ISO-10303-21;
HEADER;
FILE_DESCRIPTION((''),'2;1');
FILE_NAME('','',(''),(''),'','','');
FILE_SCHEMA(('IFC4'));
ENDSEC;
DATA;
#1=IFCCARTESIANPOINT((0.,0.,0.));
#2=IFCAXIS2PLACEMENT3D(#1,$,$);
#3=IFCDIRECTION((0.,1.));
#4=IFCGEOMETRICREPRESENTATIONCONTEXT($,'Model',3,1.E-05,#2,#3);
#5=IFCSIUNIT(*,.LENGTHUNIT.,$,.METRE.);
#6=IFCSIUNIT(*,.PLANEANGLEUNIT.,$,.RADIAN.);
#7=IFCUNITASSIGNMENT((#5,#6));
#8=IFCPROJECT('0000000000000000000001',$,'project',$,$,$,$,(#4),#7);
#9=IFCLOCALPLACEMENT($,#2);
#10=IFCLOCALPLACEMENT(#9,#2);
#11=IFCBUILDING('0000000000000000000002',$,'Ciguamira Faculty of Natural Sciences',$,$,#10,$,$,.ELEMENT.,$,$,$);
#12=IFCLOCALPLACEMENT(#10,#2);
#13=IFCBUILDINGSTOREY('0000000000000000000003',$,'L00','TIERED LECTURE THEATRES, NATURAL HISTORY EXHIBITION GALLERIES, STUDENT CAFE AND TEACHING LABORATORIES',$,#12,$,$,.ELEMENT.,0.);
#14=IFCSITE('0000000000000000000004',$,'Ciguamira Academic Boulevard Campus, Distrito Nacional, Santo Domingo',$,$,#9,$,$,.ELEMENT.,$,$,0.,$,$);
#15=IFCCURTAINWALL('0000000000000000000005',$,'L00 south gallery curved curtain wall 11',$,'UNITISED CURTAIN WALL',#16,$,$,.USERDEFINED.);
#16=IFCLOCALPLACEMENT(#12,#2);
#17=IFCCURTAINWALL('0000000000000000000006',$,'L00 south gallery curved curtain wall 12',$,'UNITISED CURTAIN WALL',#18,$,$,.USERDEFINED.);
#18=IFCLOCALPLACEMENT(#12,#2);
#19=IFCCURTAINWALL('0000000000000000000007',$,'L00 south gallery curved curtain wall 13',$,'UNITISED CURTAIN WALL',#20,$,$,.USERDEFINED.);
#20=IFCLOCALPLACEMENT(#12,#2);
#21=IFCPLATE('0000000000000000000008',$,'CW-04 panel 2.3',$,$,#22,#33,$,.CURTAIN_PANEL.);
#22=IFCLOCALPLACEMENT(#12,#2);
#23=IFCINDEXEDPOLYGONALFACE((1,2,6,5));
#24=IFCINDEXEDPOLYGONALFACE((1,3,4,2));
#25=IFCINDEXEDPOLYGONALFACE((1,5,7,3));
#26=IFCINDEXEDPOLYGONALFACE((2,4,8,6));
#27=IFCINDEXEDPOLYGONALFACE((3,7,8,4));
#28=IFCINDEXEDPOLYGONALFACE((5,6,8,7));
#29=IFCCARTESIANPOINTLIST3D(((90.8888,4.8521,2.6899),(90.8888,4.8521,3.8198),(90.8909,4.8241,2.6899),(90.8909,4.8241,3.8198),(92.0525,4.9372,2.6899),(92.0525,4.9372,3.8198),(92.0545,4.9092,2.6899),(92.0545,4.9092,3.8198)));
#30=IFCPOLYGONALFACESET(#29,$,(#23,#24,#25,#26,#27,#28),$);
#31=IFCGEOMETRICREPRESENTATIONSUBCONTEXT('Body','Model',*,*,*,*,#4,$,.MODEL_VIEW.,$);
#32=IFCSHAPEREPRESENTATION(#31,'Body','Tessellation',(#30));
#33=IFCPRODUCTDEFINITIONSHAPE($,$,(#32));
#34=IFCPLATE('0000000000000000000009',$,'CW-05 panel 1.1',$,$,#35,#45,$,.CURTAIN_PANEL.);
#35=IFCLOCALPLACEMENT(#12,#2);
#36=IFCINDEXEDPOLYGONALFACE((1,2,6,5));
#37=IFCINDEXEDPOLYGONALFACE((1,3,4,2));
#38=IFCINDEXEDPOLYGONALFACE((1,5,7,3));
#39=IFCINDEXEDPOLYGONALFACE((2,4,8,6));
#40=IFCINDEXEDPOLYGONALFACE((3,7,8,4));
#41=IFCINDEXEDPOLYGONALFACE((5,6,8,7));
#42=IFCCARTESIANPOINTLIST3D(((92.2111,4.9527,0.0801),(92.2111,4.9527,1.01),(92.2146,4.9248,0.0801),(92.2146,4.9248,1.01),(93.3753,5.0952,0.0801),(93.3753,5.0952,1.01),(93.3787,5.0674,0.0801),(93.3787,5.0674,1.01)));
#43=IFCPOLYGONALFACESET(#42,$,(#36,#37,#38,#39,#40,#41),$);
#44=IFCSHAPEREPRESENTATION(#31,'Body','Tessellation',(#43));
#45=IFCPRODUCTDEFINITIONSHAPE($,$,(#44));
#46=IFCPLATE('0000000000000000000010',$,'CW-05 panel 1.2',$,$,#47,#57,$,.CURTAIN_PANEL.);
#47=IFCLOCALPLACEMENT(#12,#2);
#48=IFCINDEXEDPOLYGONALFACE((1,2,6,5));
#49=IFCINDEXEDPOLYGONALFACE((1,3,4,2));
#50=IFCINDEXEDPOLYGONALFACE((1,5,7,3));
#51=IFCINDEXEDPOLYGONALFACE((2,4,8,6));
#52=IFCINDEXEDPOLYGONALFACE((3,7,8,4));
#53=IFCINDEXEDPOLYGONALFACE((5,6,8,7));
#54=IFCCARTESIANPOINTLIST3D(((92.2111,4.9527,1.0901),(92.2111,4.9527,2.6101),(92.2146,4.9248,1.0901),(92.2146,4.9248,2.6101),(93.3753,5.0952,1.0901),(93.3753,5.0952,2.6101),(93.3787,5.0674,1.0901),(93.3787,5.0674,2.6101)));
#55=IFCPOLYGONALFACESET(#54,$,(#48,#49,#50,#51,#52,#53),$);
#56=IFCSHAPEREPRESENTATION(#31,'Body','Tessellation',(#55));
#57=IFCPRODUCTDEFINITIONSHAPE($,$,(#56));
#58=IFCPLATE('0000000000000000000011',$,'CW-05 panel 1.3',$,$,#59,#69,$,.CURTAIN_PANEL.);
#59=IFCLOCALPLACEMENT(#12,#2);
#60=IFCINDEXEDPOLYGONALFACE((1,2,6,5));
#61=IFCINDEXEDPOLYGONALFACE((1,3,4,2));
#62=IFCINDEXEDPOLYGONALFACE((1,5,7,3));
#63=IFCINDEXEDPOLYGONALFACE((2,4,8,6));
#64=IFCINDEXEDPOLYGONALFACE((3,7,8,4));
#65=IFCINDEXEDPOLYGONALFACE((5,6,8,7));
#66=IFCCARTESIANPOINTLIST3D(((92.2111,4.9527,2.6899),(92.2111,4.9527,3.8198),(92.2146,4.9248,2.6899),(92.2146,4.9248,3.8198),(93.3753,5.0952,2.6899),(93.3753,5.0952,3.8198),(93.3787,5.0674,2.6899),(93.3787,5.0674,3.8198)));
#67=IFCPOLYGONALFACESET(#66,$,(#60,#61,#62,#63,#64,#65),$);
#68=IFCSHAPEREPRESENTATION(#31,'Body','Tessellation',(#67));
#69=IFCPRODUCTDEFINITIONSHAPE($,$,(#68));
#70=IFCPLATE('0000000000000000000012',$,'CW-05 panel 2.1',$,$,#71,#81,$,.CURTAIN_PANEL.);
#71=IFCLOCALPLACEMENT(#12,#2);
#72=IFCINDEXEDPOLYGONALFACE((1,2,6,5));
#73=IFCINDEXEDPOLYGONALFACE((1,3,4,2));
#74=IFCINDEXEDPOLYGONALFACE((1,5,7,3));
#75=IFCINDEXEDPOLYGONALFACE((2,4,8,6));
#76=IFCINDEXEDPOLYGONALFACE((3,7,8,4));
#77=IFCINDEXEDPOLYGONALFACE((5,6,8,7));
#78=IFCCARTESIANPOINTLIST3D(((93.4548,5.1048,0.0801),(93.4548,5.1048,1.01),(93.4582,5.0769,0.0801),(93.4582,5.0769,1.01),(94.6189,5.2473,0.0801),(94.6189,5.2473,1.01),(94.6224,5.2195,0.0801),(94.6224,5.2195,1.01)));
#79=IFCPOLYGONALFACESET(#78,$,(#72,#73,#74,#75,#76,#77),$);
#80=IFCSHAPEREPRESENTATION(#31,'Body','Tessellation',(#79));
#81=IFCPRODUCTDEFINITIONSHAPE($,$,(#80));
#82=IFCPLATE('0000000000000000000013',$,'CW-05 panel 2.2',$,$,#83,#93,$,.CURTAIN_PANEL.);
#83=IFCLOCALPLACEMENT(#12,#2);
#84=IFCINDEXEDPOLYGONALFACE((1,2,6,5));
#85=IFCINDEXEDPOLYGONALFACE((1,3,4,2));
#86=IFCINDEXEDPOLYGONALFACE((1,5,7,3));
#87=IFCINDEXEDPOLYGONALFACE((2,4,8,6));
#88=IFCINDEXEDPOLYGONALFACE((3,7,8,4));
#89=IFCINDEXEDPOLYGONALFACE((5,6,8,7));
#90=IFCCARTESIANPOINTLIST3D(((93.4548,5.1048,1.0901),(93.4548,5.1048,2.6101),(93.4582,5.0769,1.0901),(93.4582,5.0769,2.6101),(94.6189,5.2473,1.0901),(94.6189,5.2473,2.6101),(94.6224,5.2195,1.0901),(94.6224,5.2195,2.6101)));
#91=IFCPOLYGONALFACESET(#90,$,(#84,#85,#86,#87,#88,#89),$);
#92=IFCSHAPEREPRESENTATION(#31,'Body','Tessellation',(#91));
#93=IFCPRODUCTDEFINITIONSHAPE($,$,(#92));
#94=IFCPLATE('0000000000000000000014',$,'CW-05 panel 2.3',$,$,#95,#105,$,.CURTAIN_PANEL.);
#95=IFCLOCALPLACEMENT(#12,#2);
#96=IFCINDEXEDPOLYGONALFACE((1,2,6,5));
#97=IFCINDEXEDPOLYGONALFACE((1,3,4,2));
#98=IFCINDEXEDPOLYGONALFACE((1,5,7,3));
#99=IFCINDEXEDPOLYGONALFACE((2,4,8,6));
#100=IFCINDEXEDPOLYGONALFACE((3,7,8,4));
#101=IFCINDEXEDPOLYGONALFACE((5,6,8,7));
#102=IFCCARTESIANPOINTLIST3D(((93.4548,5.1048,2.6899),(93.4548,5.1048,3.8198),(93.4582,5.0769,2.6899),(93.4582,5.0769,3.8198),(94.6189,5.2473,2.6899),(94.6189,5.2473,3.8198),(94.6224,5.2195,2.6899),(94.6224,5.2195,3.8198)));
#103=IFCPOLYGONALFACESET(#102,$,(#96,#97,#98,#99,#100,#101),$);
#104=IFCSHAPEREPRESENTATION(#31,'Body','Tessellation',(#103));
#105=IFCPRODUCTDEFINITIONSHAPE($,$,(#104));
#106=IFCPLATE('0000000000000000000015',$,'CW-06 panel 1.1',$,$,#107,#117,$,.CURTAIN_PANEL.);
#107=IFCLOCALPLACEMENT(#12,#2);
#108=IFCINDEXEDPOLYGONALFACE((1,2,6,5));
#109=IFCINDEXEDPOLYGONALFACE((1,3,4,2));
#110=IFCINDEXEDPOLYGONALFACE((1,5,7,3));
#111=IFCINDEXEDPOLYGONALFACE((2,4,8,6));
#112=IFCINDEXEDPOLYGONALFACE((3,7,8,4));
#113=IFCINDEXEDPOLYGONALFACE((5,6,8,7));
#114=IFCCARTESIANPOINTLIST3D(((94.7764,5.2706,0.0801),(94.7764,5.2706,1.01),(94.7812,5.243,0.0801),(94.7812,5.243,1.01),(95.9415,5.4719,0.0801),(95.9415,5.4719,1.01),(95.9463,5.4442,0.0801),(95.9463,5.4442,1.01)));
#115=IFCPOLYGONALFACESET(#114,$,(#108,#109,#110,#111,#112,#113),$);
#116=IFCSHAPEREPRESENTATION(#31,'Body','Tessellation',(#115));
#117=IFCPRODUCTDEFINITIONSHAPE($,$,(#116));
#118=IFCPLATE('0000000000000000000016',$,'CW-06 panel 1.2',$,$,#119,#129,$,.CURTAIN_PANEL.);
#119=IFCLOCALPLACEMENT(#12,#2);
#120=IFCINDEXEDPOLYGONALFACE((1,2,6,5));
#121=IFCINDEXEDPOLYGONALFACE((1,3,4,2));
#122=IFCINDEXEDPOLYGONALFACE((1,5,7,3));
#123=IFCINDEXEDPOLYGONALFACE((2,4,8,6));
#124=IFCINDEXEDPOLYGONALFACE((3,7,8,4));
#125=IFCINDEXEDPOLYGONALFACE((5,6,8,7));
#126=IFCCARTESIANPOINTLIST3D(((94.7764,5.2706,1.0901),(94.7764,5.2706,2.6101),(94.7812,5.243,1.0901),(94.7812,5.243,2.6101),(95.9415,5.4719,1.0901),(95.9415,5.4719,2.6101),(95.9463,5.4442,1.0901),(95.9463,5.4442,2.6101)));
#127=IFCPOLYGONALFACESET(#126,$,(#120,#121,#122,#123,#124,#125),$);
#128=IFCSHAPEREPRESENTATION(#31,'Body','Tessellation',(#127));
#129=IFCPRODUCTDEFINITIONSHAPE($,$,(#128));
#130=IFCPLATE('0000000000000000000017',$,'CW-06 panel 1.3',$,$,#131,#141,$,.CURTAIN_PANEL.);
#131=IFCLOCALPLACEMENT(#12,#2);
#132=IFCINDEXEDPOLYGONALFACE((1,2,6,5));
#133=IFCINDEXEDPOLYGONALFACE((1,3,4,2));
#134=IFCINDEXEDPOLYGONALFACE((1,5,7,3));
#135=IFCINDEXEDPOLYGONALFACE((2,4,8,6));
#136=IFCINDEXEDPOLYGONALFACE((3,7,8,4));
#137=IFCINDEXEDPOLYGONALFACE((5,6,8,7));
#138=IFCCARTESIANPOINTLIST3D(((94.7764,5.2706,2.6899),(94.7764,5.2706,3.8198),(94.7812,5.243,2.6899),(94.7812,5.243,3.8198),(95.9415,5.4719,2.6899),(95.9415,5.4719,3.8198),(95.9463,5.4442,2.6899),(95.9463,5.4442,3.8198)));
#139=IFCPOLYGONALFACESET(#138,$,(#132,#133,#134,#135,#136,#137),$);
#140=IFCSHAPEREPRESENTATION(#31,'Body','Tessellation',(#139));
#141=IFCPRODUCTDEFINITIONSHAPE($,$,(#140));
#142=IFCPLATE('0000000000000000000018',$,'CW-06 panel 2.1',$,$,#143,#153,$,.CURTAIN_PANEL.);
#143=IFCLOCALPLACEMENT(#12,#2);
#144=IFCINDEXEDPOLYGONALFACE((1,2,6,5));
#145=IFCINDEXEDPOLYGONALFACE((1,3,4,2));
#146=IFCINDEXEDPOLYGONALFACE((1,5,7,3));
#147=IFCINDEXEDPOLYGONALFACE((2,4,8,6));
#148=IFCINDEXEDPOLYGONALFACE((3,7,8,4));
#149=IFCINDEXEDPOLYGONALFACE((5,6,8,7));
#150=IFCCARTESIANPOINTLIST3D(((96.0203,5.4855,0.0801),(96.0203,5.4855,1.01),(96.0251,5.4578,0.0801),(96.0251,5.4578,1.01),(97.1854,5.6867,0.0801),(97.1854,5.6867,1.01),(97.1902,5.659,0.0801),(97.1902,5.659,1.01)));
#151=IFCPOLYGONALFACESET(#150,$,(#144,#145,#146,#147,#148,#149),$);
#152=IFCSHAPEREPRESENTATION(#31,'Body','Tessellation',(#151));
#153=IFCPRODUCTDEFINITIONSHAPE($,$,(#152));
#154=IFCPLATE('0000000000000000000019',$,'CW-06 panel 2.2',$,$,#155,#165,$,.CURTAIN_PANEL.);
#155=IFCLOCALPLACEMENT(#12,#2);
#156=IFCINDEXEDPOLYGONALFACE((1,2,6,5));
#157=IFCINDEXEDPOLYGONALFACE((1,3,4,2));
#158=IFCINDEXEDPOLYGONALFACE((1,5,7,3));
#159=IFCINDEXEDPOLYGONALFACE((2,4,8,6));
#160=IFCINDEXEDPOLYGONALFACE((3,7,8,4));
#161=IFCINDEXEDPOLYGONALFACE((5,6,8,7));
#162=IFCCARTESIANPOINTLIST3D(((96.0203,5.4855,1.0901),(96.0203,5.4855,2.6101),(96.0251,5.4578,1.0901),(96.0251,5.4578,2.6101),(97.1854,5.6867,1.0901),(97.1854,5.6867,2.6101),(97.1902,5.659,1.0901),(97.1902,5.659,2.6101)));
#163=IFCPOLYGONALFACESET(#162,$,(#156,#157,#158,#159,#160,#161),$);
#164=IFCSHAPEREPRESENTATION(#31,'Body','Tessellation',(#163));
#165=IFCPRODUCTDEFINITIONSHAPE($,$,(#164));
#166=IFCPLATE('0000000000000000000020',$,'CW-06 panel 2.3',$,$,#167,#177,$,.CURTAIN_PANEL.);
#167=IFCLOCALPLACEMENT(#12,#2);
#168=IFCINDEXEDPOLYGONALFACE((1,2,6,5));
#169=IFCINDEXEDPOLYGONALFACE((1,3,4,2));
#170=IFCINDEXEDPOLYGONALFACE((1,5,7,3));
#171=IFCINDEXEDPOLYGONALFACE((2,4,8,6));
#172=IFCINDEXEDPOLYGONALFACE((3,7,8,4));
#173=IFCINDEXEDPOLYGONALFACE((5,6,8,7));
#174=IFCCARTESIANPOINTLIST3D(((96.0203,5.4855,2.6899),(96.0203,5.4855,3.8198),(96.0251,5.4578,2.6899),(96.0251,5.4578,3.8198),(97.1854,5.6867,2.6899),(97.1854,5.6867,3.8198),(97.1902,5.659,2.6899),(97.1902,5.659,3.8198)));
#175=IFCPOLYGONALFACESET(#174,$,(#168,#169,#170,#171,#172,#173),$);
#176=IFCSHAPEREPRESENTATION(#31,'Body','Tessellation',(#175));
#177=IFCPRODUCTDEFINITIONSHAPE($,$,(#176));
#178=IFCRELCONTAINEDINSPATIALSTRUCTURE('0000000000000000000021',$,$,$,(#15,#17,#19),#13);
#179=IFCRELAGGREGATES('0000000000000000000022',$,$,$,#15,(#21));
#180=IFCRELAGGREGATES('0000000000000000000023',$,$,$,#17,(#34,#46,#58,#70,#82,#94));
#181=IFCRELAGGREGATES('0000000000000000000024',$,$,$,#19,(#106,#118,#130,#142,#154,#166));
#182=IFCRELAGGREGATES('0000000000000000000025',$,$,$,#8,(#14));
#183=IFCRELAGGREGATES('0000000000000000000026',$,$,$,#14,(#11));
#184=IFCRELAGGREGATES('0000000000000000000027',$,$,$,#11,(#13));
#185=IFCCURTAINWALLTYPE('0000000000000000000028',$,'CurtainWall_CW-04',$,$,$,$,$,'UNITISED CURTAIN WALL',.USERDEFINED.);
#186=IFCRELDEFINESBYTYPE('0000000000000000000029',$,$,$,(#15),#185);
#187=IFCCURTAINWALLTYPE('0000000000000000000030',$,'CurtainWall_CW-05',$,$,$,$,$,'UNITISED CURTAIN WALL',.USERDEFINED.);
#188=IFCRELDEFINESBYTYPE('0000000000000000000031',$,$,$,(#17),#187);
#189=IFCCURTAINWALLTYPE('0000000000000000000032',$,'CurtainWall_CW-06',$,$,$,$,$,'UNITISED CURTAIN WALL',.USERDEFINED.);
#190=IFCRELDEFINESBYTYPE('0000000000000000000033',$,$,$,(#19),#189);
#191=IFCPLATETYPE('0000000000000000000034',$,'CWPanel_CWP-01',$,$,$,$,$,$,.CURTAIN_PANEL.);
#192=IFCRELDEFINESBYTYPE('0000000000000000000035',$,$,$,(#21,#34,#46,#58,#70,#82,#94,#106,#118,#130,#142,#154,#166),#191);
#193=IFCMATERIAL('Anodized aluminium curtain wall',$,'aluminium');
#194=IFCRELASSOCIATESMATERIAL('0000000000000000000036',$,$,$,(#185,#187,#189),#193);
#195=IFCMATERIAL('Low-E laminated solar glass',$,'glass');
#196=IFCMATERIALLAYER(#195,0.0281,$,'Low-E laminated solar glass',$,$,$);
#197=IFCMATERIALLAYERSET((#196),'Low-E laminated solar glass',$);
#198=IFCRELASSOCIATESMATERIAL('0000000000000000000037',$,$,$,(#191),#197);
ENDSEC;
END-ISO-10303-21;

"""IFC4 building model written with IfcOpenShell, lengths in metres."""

from ifc_helpers import new_model, si_unit, direction, frame, origin, origin_2d, place, context, subcontext, project, spatial, rectangle, extrude, material, layer, layer_set, type_object, element, aggregate, save


model = new_model("IFC4")

# Units and contexts
model_context = context("Model", 3, precision=1e-05, world=origin(), true_north=direction((0.0, 1.0)))
body_context = subcontext(model_context, "Body", "Model", "MODEL_VIEW")
ifc_project = project(units=[si_unit("LENGTHUNIT", "METRE"), si_unit("PLANEANGLEUNIT", "RADIAN")], contexts=[model_context])

# Site, building, storey
site_placement = place(None, origin())
site = spatial("IfcSite", under=ifc_project, at=site_placement, Name="Ciguamira Academic Boulevard Campus, Distrito Nacional, Santo Domingo", CompositionType="ELEMENT", RefElevation=0.0)
building_placement = place(site_placement, origin())
building = spatial("IfcBuilding", under=site, at=building_placement, Name="Ciguamira Faculty of Natural Sciences", CompositionType="ELEMENT")
storey_placement = place(building_placement, origin())
storey = spatial("IfcBuildingStorey", under=building, at=storey_placement, Name="L00", Description="TIERED LECTURE THEATRES, NATURAL HISTORY EXHIBITION GALLERIES, STUDENT CAFE AND TEACHING LABORATORIES", CompositionType="ELEMENT", Elevation=0.0)

# Curtain wall
ifc_material_1 = material(Name="Anodized aluminium curtain wall", Category="aluminium")
curtain_wall_type_1 = type_object("IfcCurtainWallType", Name="CurtainWall_CW-04", ElementType="UNITISED CURTAIN WALL", PredefinedType="USERDEFINED", material=ifc_material_1)
curtain_wall_1_placement = place(storey_placement, origin())
curtain_wall_1 = element("IfcCurtainWall", 1, at=curtain_wall_1_placement, inside=storey, type_object=curtain_wall_type_1, Name="L00 south gallery curved curtain wall 11", ObjectType="UNITISED CURTAIN WALL", PredefinedType="USERDEFINED")

# Curtain walls
curtain_wall_type_2 = type_object("IfcCurtainWallType", Name="CurtainWall_CW-05", ElementType="UNITISED CURTAIN WALL", PredefinedType="USERDEFINED", material=ifc_material_1)
curtain_wall_2_placement = place(storey_placement, origin())
curtain_wall_2 = element("IfcCurtainWall", 2, at=curtain_wall_2_placement, inside=storey, type_object=curtain_wall_type_2, Name="L00 south gallery curved curtain wall 12", ObjectType="UNITISED CURTAIN WALL", PredefinedType="USERDEFINED")
curtain_wall_type_3 = type_object("IfcCurtainWallType", Name="CurtainWall_CW-06", ElementType="UNITISED CURTAIN WALL", PredefinedType="USERDEFINED", material=ifc_material_1)
curtain_wall_3_placement = place(storey_placement, origin())
curtain_wall_3 = element("IfcCurtainWall", 3, at=curtain_wall_3_placement, inside=storey, type_object=curtain_wall_type_3, Name="L00 south gallery curved curtain wall 13", ObjectType="UNITISED CURTAIN WALL", PredefinedType="USERDEFINED")

# Plates
ifc_material_2 = material(Name="Low-E laminated solar glass", Category="glass")
ifc_layer = layer(ifc_material_2, 0.0281, Name="Low-E laminated solar glass")
ifc_layer_set = layer_set([ifc_layer], Name="Low-E laminated solar glass")
plate_type = type_object("IfcPlateType", Name="CWPanel_CWP-01", PredefinedType="CURTAIN_PANEL", material=ifc_layer_set)
plate_1_placement = place(storey_placement, frame((91.4717, 4.8806, 2.6899), z_axis=(0.0, 0.0, 1.0), x_axis=(0.997337, 0.072937, 0.0)))
plate_1 = element("IfcPlate", 4, at=plate_1_placement, type_object=plate_type, Name="CW-04 panel 2.3", PredefinedType="CURTAIN_PANEL", context=body_context, shape_type="SweptSolid", body=[
    extrude(rectangle(XDim=1.1667, YDim=0.0281, at=origin_2d()), origin(), (0.0, 0.0, 1.0), 1.1299),
])
aggregate(curtain_wall_1, [plate_1])
plate_2_placement = place(storey_placement, frame((92.7949, 5.01, 0.0801), z_axis=(0.0, 0.0, 1.0), x_axis=(0.992586, 0.121545, 0.0)))
plate_2 = element("IfcPlate", 5, at=plate_2_placement, type_object=plate_type, Name="CW-05 panel 1.1", PredefinedType="CURTAIN_PANEL", context=body_context, shape_type="SweptSolid", body=[
    extrude(rectangle(XDim=1.1729, YDim=0.0281, at=origin_2d()), origin(), (0.0, 0.0, 1.0), 0.9299),
])
plate_3_placement = place(storey_placement, frame((92.7949, 5.01, 1.0901), z_axis=(0.0, 0.0, 1.0), x_axis=(0.992586, 0.121545, 0.0)))
plate_3 = element("IfcPlate", 6, at=plate_3_placement, type_object=plate_type, Name="CW-05 panel 1.2", PredefinedType="CURTAIN_PANEL", context=body_context, shape_type="SweptSolid", body=[
    extrude(rectangle(XDim=1.1729, YDim=0.0281, at=origin_2d()), origin(), (0.0, 0.0, 1.0), 1.52),
])
plate_4_placement = place(storey_placement, frame((92.7949, 5.01, 2.6899), z_axis=(0.0, 0.0, 1.0), x_axis=(0.992586, 0.121545, 0.0)))
plate_4 = element("IfcPlate", 7, at=plate_4_placement, type_object=plate_type, Name="CW-05 panel 1.3", PredefinedType="CURTAIN_PANEL", context=body_context, shape_type="SweptSolid", body=[
    extrude(rectangle(XDim=1.1729, YDim=0.0281, at=origin_2d()), origin(), (0.0, 0.0, 1.0), 1.1299),
])
plate_5_placement = place(storey_placement, frame((94.0386, 5.1621, 0.0801), z_axis=(0.0, 0.0, 1.0), x_axis=(0.992586, 0.121545, 0.0)))
plate_5 = element("IfcPlate", 8, at=plate_5_placement, type_object=plate_type, Name="CW-05 panel 2.1", PredefinedType="CURTAIN_PANEL", context=body_context, shape_type="SweptSolid", body=[
    extrude(rectangle(XDim=1.1729, YDim=0.0281, at=origin_2d()), origin(), (0.0, 0.0, 1.0), 0.9299),
])
plate_6_placement = place(storey_placement, frame((94.0386, 5.1621, 1.0901), z_axis=(0.0, 0.0, 1.0), x_axis=(0.992586, 0.121545, 0.0)))
plate_6 = element("IfcPlate", 9, at=plate_6_placement, type_object=plate_type, Name="CW-05 panel 2.2", PredefinedType="CURTAIN_PANEL", context=body_context, shape_type="SweptSolid", body=[
    extrude(rectangle(XDim=1.1729, YDim=0.0281, at=origin_2d()), origin(), (0.0, 0.0, 1.0), 1.52),
])
plate_7_placement = place(storey_placement, frame((94.0386, 5.1621, 2.6899), z_axis=(0.0, 0.0, 1.0), x_axis=(0.992586, 0.121545, 0.0)))
plate_7 = element("IfcPlate", 10, at=plate_7_placement, type_object=plate_type, Name="CW-05 panel 2.3", PredefinedType="CURTAIN_PANEL", context=body_context, shape_type="SweptSolid", body=[
    extrude(rectangle(XDim=1.1729, YDim=0.0281, at=origin_2d()), origin(), (0.0, 0.0, 1.0), 1.1299),
])
aggregate(curtain_wall_2, [plate_2, plate_3, plate_4, plate_5, plate_6, plate_7])
plate_8_placement = place(storey_placement, frame((95.3613, 5.3574, 0.0801), z_axis=(0.0, 0.0, 1.0), x_axis=(0.985411, 0.170192, 0.0)))
plate_8 = element("IfcPlate", 11, at=plate_8_placement, type_object=plate_type, Name="CW-06 panel 1.1", PredefinedType="CURTAIN_PANEL", context=body_context, shape_type="SweptSolid", body=[
    extrude(rectangle(XDim=1.1824, YDim=0.0281, at=origin_2d()), origin(), (0.0, 0.0, 1.0), 0.9299),
])
plate_9_placement = place(storey_placement, frame((95.3613, 5.3574, 1.0901), z_axis=(0.0, 0.0, 1.0), x_axis=(0.985411, 0.170192, 0.0)))
plate_9 = element("IfcPlate", 12, at=plate_9_placement, type_object=plate_type, Name="CW-06 panel 1.2", PredefinedType="CURTAIN_PANEL", context=body_context, shape_type="SweptSolid", body=[
    extrude(rectangle(XDim=1.1824, YDim=0.0281, at=origin_2d()), origin(), (0.0, 0.0, 1.0), 1.52),
])
plate_10_placement = place(storey_placement, frame((95.3613, 5.3574, 2.6899), z_axis=(0.0, 0.0, 1.0), x_axis=(0.985411, 0.170192, 0.0)))
plate_10 = element("IfcPlate", 13, at=plate_10_placement, type_object=plate_type, Name="CW-06 panel 1.3", PredefinedType="CURTAIN_PANEL", context=body_context, shape_type="SweptSolid", body=[
    extrude(rectangle(XDim=1.1824, YDim=0.0281, at=origin_2d()), origin(), (0.0, 0.0, 1.0), 1.1299),
])
plate_11_placement = place(storey_placement, frame((96.6052, 5.5723, 0.0801), z_axis=(0.0, 0.0, 1.0), x_axis=(0.985411, 0.170192, 0.0)))
plate_11 = element("IfcPlate", 14, at=plate_11_placement, type_object=plate_type, Name="CW-06 panel 2.1", PredefinedType="CURTAIN_PANEL", context=body_context, shape_type="SweptSolid", body=[
    extrude(rectangle(XDim=1.1824, YDim=0.0281, at=origin_2d()), origin(), (0.0, 0.0, 1.0), 0.9299),
])
plate_12_placement = place(storey_placement, frame((96.6052, 5.5723, 1.0901), z_axis=(0.0, 0.0, 1.0), x_axis=(0.985411, 0.170192, 0.0)))
plate_12 = element("IfcPlate", 15, at=plate_12_placement, type_object=plate_type, Name="CW-06 panel 2.2", PredefinedType="CURTAIN_PANEL", context=body_context, shape_type="SweptSolid", body=[
    extrude(rectangle(XDim=1.1824, YDim=0.0281, at=origin_2d()), origin(), (0.0, 0.0, 1.0), 1.52),
])
plate_13_placement = place(storey_placement, frame((96.6052, 5.5723, 2.6899), z_axis=(0.0, 0.0, 1.0), x_axis=(0.985411, 0.170192, 0.0)))
plate_13 = element("IfcPlate", 16, at=plate_13_placement, type_object=plate_type, Name="CW-06 panel 2.3", PredefinedType="CURTAIN_PANEL", context=body_context, shape_type="SweptSolid", body=[
    extrude(rectangle(XDim=1.1824, YDim=0.0281, at=origin_2d()), origin(), (0.0, 0.0, 1.0), 1.1299),
])
aggregate(curtain_wall_3, [plate_8, plate_9, plate_10, plate_11, plate_12, plate_13])

save(model, "model.ifc")
